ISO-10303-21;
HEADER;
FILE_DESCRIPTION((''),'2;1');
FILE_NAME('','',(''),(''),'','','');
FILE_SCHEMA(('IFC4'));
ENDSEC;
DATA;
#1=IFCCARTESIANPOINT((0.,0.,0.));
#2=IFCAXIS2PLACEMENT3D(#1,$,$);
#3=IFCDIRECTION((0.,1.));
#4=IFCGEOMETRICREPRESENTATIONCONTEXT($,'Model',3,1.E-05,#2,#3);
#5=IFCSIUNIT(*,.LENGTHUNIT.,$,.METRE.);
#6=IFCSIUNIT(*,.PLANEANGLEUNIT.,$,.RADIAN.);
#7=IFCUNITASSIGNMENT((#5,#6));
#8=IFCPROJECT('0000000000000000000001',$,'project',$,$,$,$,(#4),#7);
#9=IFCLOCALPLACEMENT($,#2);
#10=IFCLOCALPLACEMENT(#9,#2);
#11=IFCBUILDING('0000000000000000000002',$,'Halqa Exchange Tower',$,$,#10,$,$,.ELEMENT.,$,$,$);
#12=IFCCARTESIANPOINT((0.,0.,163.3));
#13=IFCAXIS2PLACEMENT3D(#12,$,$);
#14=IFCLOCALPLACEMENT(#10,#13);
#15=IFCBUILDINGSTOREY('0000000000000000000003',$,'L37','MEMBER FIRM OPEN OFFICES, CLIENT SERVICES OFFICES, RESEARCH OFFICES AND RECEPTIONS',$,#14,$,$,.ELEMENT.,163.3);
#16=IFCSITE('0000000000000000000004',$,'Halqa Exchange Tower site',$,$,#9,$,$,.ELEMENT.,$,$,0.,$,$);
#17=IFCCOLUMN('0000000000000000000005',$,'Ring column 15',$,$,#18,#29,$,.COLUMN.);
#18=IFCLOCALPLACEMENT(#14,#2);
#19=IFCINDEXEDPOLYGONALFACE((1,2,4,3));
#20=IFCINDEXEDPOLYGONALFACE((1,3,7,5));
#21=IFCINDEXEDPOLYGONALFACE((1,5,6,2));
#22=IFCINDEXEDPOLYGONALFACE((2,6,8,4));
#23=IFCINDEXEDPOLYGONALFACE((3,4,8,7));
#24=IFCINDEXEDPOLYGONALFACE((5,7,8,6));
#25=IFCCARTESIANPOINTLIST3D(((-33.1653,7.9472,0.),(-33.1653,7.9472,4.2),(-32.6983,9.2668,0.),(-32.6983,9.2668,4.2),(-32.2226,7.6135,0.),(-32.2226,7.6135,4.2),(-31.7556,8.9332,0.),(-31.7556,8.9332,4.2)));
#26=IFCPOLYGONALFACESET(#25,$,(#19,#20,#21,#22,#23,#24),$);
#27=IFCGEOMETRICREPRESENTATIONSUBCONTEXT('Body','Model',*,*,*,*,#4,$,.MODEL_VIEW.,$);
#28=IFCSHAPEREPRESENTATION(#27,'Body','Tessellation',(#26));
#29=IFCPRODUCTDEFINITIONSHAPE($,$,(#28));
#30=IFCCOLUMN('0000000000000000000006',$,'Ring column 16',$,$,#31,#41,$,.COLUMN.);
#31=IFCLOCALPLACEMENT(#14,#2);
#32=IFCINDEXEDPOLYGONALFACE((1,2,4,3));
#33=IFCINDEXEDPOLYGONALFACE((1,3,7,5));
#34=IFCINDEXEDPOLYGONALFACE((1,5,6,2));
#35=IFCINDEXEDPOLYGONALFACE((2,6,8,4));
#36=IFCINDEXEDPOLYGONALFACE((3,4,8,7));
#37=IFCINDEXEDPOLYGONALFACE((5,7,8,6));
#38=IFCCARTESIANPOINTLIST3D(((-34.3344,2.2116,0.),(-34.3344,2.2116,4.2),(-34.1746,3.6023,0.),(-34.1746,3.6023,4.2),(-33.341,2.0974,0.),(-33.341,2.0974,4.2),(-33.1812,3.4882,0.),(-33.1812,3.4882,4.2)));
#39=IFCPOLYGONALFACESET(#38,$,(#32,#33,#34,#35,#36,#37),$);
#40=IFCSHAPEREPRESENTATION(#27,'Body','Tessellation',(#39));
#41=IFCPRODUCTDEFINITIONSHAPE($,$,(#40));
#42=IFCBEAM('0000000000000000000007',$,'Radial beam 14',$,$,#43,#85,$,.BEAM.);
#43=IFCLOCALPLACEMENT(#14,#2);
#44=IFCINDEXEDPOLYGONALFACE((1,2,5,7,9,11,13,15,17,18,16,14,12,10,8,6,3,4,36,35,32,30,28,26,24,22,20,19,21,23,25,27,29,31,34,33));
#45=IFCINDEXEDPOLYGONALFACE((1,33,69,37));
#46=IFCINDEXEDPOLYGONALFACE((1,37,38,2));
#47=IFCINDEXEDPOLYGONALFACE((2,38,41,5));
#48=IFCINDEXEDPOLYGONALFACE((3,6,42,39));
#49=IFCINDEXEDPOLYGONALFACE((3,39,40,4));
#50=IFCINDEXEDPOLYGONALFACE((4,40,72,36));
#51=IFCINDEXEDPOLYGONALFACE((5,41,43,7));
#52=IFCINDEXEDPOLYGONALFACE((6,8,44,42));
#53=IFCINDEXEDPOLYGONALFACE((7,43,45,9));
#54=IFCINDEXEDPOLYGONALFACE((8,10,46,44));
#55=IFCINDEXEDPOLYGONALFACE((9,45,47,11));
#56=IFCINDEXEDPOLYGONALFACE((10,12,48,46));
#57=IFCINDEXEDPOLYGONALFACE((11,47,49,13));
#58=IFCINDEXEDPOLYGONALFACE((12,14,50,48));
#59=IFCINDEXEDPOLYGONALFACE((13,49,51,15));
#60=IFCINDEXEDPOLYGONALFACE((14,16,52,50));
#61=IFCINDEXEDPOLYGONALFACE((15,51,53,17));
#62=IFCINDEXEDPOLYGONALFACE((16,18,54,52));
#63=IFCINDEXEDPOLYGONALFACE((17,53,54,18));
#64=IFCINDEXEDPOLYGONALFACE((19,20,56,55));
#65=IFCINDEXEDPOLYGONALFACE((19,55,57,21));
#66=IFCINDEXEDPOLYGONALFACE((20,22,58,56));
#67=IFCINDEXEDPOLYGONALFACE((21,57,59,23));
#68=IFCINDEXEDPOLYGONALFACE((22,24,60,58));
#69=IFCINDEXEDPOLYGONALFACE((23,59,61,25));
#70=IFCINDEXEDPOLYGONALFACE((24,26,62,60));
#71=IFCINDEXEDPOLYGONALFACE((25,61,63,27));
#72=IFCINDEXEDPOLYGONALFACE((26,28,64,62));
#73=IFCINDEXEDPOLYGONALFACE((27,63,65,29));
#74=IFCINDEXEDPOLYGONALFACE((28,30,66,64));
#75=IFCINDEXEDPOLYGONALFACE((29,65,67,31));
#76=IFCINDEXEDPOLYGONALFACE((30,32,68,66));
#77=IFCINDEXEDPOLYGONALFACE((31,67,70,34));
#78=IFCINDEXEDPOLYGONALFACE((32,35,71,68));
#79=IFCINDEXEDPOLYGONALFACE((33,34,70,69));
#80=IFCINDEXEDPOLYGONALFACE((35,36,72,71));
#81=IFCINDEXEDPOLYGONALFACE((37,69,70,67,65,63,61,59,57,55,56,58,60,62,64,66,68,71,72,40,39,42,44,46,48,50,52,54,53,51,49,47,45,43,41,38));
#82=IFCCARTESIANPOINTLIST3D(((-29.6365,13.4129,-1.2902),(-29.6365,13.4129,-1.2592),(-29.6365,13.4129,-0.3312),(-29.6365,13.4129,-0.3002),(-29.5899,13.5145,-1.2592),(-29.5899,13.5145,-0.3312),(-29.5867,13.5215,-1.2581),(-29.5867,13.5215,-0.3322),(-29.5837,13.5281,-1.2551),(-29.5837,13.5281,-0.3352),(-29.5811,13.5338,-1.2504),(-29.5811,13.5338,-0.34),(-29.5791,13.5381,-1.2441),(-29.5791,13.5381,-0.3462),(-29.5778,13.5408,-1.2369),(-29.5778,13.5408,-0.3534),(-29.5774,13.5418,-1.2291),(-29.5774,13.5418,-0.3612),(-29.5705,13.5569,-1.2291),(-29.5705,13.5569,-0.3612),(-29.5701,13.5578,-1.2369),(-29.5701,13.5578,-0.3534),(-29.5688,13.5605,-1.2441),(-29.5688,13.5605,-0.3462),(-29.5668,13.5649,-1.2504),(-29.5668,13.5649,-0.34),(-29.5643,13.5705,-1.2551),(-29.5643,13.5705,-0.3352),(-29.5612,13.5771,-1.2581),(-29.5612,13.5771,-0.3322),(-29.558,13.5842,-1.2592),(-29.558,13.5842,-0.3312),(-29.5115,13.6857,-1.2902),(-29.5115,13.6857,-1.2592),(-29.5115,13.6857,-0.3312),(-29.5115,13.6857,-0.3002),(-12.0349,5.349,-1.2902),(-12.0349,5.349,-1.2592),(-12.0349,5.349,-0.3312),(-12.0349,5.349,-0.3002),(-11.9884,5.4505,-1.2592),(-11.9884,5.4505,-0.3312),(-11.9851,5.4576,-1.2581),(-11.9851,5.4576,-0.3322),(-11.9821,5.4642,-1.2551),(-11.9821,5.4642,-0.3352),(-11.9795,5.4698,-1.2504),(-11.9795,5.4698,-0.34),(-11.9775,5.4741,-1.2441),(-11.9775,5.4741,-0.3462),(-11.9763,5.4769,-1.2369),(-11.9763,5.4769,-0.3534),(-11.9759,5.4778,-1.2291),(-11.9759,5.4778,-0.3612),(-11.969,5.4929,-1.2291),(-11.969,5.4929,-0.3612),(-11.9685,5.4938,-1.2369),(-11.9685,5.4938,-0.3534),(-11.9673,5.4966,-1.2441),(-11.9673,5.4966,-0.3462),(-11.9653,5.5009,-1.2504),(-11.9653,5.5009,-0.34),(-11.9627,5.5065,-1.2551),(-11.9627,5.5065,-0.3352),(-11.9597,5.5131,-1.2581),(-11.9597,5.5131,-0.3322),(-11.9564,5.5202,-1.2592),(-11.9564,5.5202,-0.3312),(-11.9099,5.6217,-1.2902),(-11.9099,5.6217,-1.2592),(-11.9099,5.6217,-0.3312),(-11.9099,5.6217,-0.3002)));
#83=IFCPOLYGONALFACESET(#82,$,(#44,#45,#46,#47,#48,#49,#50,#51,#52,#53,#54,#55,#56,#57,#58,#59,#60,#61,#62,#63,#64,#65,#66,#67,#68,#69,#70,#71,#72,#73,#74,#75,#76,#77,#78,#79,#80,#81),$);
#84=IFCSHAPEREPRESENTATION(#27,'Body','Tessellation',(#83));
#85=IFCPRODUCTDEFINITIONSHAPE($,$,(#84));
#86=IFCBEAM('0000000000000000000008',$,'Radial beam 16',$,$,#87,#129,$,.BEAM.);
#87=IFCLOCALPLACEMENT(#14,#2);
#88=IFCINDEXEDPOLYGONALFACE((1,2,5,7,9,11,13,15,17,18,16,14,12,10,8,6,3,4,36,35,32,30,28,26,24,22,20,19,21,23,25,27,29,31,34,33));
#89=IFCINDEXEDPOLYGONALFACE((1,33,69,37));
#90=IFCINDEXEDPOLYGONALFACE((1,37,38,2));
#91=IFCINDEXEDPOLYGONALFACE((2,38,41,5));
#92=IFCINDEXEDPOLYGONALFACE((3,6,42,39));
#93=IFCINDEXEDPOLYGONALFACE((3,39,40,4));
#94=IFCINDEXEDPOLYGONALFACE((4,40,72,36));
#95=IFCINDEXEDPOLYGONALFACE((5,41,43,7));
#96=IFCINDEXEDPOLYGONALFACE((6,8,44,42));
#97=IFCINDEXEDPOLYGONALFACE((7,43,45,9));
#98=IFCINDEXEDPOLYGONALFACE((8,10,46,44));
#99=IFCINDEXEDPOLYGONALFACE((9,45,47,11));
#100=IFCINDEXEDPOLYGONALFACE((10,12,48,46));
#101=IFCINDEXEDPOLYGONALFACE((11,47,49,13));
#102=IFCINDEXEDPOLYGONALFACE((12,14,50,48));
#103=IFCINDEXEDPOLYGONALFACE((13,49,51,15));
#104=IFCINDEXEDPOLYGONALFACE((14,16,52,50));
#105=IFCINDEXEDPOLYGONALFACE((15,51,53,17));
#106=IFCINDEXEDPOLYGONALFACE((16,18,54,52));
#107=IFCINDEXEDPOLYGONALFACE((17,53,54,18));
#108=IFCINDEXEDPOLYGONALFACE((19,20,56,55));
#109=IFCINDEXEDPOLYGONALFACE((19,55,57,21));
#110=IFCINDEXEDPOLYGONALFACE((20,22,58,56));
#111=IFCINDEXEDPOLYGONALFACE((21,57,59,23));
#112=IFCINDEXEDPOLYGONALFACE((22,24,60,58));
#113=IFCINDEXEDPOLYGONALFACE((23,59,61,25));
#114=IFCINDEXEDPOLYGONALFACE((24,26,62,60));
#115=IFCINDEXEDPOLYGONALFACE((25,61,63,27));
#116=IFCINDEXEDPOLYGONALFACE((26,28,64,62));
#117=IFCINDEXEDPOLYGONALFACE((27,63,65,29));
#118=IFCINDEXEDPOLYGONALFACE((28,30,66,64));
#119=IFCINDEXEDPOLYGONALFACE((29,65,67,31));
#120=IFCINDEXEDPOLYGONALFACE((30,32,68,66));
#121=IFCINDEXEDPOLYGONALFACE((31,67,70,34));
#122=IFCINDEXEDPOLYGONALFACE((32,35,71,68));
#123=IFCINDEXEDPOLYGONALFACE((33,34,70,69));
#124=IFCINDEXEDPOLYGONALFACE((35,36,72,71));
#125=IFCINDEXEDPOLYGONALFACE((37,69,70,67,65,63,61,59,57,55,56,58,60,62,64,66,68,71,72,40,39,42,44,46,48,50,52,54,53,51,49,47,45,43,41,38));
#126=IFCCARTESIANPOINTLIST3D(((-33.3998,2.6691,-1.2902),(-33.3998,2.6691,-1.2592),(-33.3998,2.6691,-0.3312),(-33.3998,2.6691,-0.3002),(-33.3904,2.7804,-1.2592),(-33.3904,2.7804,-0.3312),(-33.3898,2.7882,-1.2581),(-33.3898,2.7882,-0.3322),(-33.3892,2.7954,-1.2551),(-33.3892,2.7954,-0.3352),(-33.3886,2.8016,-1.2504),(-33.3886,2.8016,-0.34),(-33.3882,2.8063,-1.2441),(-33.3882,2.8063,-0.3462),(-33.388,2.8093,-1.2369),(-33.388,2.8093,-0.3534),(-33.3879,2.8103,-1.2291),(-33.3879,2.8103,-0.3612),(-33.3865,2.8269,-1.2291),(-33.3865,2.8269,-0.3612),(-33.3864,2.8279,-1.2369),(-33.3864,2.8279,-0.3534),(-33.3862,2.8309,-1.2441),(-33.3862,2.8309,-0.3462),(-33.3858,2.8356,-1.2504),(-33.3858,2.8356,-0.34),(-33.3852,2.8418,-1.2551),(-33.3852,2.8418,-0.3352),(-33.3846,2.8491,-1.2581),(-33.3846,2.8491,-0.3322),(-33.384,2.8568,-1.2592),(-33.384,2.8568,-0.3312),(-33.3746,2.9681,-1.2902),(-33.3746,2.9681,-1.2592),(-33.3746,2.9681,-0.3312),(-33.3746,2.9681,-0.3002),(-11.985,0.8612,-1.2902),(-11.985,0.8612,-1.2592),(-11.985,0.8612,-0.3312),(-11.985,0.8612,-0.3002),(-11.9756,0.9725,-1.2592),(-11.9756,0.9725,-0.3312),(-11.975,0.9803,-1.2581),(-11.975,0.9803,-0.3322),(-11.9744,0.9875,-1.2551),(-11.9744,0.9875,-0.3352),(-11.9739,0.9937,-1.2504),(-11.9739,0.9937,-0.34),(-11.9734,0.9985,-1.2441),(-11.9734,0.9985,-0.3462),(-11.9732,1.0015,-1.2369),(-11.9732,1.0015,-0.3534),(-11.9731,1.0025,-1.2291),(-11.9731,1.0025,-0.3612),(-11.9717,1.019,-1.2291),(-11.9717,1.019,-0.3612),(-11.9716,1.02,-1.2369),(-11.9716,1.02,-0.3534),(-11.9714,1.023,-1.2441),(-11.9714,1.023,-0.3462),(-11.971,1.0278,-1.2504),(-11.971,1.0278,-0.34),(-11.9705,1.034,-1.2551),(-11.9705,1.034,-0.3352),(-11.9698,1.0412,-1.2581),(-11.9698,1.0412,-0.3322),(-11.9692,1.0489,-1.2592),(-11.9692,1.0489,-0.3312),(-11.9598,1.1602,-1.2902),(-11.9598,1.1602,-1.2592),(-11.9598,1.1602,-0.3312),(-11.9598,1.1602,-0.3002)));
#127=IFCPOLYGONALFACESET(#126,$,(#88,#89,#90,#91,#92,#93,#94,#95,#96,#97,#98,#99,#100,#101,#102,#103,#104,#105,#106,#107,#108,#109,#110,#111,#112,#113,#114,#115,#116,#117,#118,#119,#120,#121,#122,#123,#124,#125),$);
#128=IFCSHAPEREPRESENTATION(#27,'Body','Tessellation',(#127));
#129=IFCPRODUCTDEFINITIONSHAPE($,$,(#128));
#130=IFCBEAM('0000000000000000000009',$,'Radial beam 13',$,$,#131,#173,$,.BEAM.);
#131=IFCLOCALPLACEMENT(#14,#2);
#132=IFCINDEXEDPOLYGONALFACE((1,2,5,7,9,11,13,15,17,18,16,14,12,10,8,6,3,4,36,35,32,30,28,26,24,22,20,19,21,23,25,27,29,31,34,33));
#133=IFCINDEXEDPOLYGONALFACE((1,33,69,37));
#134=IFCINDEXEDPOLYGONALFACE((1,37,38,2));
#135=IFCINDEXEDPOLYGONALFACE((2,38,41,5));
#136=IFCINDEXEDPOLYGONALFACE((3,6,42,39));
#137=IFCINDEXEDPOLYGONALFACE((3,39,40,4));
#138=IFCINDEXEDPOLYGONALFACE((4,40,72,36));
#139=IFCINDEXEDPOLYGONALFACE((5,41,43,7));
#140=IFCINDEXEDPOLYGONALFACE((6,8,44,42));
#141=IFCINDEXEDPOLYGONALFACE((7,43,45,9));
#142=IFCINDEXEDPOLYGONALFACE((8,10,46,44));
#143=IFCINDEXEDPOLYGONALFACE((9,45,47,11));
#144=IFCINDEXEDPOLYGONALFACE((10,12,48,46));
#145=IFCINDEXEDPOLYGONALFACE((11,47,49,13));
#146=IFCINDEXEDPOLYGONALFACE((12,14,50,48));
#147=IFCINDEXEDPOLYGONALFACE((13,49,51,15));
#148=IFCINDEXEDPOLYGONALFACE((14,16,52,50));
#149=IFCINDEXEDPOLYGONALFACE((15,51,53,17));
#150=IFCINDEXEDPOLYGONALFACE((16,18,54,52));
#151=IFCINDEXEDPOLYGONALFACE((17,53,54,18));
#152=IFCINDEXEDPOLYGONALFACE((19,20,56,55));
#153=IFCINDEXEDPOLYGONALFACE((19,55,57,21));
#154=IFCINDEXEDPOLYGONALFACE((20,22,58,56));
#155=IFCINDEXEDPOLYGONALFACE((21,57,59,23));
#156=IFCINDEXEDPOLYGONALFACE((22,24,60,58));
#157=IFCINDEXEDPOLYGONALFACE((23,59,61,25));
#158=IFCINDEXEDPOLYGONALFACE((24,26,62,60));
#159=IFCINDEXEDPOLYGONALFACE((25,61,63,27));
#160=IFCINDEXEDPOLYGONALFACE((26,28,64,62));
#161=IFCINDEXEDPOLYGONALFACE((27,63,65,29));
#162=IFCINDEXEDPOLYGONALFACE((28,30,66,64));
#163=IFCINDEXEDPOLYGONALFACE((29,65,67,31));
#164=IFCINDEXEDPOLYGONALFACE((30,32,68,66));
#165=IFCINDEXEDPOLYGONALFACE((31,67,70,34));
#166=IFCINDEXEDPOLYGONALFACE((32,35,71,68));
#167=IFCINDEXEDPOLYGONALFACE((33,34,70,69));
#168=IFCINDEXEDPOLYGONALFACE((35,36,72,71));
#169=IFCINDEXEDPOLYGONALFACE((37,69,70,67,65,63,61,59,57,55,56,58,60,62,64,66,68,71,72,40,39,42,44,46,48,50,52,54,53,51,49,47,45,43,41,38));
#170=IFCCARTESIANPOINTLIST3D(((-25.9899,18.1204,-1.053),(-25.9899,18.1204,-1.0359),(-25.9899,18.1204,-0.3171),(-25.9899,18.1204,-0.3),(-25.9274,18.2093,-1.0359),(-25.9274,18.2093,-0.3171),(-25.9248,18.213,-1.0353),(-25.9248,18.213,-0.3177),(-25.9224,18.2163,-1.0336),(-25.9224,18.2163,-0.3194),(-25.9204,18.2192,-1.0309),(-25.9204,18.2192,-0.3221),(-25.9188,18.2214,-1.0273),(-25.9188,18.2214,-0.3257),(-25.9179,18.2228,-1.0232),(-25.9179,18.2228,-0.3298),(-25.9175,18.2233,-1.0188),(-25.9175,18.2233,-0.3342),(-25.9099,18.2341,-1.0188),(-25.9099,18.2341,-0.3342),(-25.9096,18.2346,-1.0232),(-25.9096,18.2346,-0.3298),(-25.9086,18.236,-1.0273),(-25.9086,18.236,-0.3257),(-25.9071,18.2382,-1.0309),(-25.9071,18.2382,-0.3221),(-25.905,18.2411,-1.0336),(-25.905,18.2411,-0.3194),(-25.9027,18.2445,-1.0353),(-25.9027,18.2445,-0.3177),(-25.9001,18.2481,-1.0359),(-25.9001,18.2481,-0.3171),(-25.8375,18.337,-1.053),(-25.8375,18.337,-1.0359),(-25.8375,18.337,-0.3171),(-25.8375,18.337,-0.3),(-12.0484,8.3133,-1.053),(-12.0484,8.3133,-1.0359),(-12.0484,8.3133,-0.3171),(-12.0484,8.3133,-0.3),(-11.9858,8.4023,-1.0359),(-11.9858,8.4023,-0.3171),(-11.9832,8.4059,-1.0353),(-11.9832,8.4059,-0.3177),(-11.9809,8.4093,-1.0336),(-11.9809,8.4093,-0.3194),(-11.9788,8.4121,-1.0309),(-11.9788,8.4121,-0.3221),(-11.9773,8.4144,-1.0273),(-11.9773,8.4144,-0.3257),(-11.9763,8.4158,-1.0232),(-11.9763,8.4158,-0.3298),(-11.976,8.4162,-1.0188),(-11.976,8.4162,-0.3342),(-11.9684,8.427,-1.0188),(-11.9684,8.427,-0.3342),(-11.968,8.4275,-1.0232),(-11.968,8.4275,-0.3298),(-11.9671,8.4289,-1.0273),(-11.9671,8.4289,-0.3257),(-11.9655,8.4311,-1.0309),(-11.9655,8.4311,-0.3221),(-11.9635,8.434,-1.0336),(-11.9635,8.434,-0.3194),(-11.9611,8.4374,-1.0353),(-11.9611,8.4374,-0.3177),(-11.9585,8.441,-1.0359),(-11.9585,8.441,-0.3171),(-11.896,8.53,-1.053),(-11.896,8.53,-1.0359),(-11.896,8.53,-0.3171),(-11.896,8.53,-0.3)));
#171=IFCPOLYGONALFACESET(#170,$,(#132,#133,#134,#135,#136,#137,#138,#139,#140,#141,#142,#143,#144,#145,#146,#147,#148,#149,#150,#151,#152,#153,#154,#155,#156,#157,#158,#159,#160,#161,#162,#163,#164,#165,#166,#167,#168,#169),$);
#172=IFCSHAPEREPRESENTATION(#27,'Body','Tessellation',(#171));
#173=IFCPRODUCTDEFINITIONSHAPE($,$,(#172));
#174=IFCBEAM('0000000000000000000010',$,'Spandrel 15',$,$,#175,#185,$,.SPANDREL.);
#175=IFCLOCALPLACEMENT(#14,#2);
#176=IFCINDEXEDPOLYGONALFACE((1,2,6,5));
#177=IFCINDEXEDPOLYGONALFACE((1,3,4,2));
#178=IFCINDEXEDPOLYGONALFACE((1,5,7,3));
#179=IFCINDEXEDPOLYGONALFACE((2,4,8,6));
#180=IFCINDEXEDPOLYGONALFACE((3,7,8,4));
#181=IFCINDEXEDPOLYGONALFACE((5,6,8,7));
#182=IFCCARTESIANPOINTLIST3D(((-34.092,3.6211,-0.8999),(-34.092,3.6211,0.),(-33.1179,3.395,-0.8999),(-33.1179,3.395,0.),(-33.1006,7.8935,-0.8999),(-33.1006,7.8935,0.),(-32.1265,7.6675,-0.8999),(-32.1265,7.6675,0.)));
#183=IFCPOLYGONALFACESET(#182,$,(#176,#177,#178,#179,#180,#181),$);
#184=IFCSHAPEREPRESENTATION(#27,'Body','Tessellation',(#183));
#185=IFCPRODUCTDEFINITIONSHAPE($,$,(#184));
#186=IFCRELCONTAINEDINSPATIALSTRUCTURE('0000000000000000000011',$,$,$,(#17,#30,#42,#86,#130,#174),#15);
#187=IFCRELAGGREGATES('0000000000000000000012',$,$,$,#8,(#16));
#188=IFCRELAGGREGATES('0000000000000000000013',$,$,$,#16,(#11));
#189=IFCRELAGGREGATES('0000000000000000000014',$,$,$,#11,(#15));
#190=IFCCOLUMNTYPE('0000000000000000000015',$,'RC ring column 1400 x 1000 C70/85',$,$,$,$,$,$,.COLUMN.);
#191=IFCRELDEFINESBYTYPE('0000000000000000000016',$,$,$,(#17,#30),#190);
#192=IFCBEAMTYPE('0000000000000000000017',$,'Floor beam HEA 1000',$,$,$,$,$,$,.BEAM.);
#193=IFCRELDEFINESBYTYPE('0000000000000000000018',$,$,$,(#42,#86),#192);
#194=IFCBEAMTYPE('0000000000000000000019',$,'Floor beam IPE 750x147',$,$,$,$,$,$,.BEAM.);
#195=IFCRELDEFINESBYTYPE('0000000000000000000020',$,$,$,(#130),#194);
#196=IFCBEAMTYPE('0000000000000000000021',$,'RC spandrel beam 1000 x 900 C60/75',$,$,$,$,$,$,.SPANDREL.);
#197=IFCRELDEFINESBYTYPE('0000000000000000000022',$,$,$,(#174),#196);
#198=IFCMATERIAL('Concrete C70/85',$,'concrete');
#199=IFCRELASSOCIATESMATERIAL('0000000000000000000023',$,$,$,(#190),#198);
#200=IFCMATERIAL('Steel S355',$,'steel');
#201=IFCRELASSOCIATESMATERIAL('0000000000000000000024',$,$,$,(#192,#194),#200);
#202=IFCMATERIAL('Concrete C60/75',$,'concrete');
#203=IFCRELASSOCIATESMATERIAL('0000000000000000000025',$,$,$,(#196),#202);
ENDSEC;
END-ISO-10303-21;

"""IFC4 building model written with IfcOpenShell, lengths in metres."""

from ifc_helpers import new_model, si_unit, direction, frame, origin, origin_2d, place, context, subcontext, project, spatial, rectangle, i_section, extrude, material, material_profile, profile_set, type_object, element, save


model = new_model("IFC4")

# Units and contexts
model_context = context("Model", 3, precision=1e-05, world=origin(), true_north=direction((0.0, 1.0)))
body_context = subcontext(model_context, "Body", "Model", "MODEL_VIEW")
ifc_project = project(units=[si_unit("LENGTHUNIT", "METRE"), si_unit("PLANEANGLEUNIT", "RADIAN")], contexts=[model_context])

# Site, building, storey
site_placement = place(None, origin())
site = spatial("IfcSite", under=ifc_project, at=site_placement, Name="Halqa Exchange Tower site", CompositionType="ELEMENT", RefElevation=0.0)
building_placement = place(site_placement, origin())
building = spatial("IfcBuilding", under=site, at=building_placement, Name="Halqa Exchange Tower", CompositionType="ELEMENT")
storey_placement = place(building_placement, frame((0.0, 0.0, 163.3)))
storey = spatial("IfcBuildingStorey", under=building, at=storey_placement, Name="L37", Description="MEMBER FIRM OPEN OFFICES, CLIENT SERVICES OFFICES, RESEARCH OFFICES AND RECEPTIONS", CompositionType="ELEMENT", Elevation=163.3)

# Columns
ifc_material_1 = material(Name="Concrete C70/85", Category="concrete")
ifc_material_profile_1 = material_profile(ifc_material_1, rectangle(XDim=1.3999, YDim=1.0, at=origin_2d()), Name="1400 x 1000")
ifc_profile_set_1 = profile_set([ifc_material_profile_1], Name="Concrete C70/85")
column_type = type_object("IfcColumnType", Name="RC ring column 1400 x 1000 C70/85", PredefinedType="COLUMN", material=ifc_profile_set_1)
for number, where, z_axis, x_axis, name in (
    (1, (-32.4604, 8.4402, 0.0), (0.0, 0.0, 1.0), (-0.333634, -0.942703, 0.0), "Ring column 15"),
    (2, (-33.7578, 2.8499, 0.0), (0.0, 0.0, 1.0), (-0.114155, -0.993463, 0.0), "Ring column 16"),
):
    element("IfcColumn", number, at=place(storey_placement, frame(where, z_axis=z_axis, x_axis=x_axis)), inside=storey, type_object=column_type, Name=name, PredefinedType="COLUMN", context=body_context, shape_type="SweptSolid", body=[
        extrude(rectangle(XDim=1.3999, YDim=1.0, at=origin_2d()), origin(), (0.0, 0.0, 1.0), 4.2),
    ])

# Beams
ifc_material_2 = material(Name="Steel S355", Category="steel")
ifc_material_profile_2 = material_profile(ifc_material_2, i_section(OverallWidth=0.3, OverallDepth=0.99, WebThickness=0.0166, FlangeThickness=0.031, FilletRadius=0.03, at=origin_2d()), Name="HEA 1000")
ifc_profile_set_2 = profile_set([ifc_material_profile_2], Name="Steel S355")
beam_type_1 = type_object("IfcBeamType", Name="Floor beam HEA 1000", PredefinedType="BEAM", material=ifc_profile_set_2)
beam_1_placement = place(storey_placement, frame((-11.9724, 5.4854, -0.7952), z_axis=(-0.909132, 0.416509, 0.0), x_axis=(-0.416509, -0.909132, 0.0)))
element("IfcBeam", 3, at=beam_1_placement, inside=storey, type_object=beam_type_1, Name="Radial beam 14", PredefinedType="BEAM", context=body_context, shape_type="SweptSolid", body=[
    extrude(i_section(OverallWidth=0.3, OverallDepth=0.99, WebThickness=0.0166, FlangeThickness=0.031, FilletRadius=0.03, at=origin_2d()), origin(), (0.0, 0.0, 1.0), 19.3608),
])
beam_2_placement = place(storey_placement, frame((-11.9724, 1.0107, -0.7952), z_axis=(-0.996455, 0.084122, 0.0), x_axis=(-0.084122, -0.996455, 0.0)))
element("IfcBeam", 4, at=beam_2_placement, inside=storey, type_object=beam_type_1, Name="Radial beam 16", PredefinedType="BEAM", context=body_context, shape_type="SweptSolid", body=[
    extrude(i_section(OverallWidth=0.3, OverallDepth=0.99, WebThickness=0.0166, FlangeThickness=0.031, FilletRadius=0.03, at=origin_2d()), origin(), (0.0, 0.0, 1.0), 21.491),
])
ifc_material_profile_3 = material_profile(ifc_material_2, i_section(OverallWidth=0.2649, OverallDepth=0.7529, WebThickness=0.0132, FlangeThickness=0.0171, FilletRadius=0.0171, at=origin_2d()), Name="IPE 750x147")
ifc_profile_set_3 = profile_set([ifc_material_profile_3], Name="Steel S355")
beam_type_2 = type_object("IfcBeamType", Name="Floor beam IPE 750x147", PredefinedType="BEAM", material=ifc_profile_set_3)
beam_3_placement = place(storey_placement, frame((-11.9722, 8.4216, -0.6765), z_axis=(-0.817908, 0.57535, 0.0), x_axis=(-0.57535, -0.817908, 0.0)))
element("IfcBeam", 5, at=beam_3_placement, inside=storey, type_object=beam_type_2, Name="Radial beam 13", PredefinedType="BEAM", context=body_context, shape_type="SweptSolid", body=[
    extrude(i_section(OverallWidth=0.2649, OverallDepth=0.7529, WebThickness=0.0132, FlangeThickness=0.0171, FilletRadius=0.0171, at=origin_2d()), origin(), (0.0, 0.0, 1.0), 17.0454),
])
ifc_material_3 = material(Name="Concrete C60/75", Category="concrete")
ifc_material_profile_4 = material_profile(ifc_material_3, rectangle(XDim=1.0, YDim=0.8999, at=origin_2d()), Name="1000 x 900")
ifc_profile_set_4 = profile_set([ifc_material_profile_4], Name="Concrete C60/75")
beam_type_3 = type_object("IfcBeamType", Name="RC spandrel beam 1000 x 900 C60/75", PredefinedType="SPANDREL", material=ifc_profile_set_4)
beam_4_placement = place(storey_placement, frame((-32.6135, 7.7805, -0.45), z_axis=(-0.22605, -0.974116, 0.0), x_axis=(0.974116, -0.22605, 0.0)))
element("IfcBeam", 6, at=beam_4_placement, inside=storey, type_object=beam_type_3, Name="Spandrel 15", PredefinedType="SPANDREL", context=body_context, shape_type="SweptSolid", body=[
    extrude(rectangle(XDim=1.0, YDim=0.8999, at=origin_2d()), origin(), (0.0, 0.0, 1.0), 4.386),
])

save(model, "model.ifc")
